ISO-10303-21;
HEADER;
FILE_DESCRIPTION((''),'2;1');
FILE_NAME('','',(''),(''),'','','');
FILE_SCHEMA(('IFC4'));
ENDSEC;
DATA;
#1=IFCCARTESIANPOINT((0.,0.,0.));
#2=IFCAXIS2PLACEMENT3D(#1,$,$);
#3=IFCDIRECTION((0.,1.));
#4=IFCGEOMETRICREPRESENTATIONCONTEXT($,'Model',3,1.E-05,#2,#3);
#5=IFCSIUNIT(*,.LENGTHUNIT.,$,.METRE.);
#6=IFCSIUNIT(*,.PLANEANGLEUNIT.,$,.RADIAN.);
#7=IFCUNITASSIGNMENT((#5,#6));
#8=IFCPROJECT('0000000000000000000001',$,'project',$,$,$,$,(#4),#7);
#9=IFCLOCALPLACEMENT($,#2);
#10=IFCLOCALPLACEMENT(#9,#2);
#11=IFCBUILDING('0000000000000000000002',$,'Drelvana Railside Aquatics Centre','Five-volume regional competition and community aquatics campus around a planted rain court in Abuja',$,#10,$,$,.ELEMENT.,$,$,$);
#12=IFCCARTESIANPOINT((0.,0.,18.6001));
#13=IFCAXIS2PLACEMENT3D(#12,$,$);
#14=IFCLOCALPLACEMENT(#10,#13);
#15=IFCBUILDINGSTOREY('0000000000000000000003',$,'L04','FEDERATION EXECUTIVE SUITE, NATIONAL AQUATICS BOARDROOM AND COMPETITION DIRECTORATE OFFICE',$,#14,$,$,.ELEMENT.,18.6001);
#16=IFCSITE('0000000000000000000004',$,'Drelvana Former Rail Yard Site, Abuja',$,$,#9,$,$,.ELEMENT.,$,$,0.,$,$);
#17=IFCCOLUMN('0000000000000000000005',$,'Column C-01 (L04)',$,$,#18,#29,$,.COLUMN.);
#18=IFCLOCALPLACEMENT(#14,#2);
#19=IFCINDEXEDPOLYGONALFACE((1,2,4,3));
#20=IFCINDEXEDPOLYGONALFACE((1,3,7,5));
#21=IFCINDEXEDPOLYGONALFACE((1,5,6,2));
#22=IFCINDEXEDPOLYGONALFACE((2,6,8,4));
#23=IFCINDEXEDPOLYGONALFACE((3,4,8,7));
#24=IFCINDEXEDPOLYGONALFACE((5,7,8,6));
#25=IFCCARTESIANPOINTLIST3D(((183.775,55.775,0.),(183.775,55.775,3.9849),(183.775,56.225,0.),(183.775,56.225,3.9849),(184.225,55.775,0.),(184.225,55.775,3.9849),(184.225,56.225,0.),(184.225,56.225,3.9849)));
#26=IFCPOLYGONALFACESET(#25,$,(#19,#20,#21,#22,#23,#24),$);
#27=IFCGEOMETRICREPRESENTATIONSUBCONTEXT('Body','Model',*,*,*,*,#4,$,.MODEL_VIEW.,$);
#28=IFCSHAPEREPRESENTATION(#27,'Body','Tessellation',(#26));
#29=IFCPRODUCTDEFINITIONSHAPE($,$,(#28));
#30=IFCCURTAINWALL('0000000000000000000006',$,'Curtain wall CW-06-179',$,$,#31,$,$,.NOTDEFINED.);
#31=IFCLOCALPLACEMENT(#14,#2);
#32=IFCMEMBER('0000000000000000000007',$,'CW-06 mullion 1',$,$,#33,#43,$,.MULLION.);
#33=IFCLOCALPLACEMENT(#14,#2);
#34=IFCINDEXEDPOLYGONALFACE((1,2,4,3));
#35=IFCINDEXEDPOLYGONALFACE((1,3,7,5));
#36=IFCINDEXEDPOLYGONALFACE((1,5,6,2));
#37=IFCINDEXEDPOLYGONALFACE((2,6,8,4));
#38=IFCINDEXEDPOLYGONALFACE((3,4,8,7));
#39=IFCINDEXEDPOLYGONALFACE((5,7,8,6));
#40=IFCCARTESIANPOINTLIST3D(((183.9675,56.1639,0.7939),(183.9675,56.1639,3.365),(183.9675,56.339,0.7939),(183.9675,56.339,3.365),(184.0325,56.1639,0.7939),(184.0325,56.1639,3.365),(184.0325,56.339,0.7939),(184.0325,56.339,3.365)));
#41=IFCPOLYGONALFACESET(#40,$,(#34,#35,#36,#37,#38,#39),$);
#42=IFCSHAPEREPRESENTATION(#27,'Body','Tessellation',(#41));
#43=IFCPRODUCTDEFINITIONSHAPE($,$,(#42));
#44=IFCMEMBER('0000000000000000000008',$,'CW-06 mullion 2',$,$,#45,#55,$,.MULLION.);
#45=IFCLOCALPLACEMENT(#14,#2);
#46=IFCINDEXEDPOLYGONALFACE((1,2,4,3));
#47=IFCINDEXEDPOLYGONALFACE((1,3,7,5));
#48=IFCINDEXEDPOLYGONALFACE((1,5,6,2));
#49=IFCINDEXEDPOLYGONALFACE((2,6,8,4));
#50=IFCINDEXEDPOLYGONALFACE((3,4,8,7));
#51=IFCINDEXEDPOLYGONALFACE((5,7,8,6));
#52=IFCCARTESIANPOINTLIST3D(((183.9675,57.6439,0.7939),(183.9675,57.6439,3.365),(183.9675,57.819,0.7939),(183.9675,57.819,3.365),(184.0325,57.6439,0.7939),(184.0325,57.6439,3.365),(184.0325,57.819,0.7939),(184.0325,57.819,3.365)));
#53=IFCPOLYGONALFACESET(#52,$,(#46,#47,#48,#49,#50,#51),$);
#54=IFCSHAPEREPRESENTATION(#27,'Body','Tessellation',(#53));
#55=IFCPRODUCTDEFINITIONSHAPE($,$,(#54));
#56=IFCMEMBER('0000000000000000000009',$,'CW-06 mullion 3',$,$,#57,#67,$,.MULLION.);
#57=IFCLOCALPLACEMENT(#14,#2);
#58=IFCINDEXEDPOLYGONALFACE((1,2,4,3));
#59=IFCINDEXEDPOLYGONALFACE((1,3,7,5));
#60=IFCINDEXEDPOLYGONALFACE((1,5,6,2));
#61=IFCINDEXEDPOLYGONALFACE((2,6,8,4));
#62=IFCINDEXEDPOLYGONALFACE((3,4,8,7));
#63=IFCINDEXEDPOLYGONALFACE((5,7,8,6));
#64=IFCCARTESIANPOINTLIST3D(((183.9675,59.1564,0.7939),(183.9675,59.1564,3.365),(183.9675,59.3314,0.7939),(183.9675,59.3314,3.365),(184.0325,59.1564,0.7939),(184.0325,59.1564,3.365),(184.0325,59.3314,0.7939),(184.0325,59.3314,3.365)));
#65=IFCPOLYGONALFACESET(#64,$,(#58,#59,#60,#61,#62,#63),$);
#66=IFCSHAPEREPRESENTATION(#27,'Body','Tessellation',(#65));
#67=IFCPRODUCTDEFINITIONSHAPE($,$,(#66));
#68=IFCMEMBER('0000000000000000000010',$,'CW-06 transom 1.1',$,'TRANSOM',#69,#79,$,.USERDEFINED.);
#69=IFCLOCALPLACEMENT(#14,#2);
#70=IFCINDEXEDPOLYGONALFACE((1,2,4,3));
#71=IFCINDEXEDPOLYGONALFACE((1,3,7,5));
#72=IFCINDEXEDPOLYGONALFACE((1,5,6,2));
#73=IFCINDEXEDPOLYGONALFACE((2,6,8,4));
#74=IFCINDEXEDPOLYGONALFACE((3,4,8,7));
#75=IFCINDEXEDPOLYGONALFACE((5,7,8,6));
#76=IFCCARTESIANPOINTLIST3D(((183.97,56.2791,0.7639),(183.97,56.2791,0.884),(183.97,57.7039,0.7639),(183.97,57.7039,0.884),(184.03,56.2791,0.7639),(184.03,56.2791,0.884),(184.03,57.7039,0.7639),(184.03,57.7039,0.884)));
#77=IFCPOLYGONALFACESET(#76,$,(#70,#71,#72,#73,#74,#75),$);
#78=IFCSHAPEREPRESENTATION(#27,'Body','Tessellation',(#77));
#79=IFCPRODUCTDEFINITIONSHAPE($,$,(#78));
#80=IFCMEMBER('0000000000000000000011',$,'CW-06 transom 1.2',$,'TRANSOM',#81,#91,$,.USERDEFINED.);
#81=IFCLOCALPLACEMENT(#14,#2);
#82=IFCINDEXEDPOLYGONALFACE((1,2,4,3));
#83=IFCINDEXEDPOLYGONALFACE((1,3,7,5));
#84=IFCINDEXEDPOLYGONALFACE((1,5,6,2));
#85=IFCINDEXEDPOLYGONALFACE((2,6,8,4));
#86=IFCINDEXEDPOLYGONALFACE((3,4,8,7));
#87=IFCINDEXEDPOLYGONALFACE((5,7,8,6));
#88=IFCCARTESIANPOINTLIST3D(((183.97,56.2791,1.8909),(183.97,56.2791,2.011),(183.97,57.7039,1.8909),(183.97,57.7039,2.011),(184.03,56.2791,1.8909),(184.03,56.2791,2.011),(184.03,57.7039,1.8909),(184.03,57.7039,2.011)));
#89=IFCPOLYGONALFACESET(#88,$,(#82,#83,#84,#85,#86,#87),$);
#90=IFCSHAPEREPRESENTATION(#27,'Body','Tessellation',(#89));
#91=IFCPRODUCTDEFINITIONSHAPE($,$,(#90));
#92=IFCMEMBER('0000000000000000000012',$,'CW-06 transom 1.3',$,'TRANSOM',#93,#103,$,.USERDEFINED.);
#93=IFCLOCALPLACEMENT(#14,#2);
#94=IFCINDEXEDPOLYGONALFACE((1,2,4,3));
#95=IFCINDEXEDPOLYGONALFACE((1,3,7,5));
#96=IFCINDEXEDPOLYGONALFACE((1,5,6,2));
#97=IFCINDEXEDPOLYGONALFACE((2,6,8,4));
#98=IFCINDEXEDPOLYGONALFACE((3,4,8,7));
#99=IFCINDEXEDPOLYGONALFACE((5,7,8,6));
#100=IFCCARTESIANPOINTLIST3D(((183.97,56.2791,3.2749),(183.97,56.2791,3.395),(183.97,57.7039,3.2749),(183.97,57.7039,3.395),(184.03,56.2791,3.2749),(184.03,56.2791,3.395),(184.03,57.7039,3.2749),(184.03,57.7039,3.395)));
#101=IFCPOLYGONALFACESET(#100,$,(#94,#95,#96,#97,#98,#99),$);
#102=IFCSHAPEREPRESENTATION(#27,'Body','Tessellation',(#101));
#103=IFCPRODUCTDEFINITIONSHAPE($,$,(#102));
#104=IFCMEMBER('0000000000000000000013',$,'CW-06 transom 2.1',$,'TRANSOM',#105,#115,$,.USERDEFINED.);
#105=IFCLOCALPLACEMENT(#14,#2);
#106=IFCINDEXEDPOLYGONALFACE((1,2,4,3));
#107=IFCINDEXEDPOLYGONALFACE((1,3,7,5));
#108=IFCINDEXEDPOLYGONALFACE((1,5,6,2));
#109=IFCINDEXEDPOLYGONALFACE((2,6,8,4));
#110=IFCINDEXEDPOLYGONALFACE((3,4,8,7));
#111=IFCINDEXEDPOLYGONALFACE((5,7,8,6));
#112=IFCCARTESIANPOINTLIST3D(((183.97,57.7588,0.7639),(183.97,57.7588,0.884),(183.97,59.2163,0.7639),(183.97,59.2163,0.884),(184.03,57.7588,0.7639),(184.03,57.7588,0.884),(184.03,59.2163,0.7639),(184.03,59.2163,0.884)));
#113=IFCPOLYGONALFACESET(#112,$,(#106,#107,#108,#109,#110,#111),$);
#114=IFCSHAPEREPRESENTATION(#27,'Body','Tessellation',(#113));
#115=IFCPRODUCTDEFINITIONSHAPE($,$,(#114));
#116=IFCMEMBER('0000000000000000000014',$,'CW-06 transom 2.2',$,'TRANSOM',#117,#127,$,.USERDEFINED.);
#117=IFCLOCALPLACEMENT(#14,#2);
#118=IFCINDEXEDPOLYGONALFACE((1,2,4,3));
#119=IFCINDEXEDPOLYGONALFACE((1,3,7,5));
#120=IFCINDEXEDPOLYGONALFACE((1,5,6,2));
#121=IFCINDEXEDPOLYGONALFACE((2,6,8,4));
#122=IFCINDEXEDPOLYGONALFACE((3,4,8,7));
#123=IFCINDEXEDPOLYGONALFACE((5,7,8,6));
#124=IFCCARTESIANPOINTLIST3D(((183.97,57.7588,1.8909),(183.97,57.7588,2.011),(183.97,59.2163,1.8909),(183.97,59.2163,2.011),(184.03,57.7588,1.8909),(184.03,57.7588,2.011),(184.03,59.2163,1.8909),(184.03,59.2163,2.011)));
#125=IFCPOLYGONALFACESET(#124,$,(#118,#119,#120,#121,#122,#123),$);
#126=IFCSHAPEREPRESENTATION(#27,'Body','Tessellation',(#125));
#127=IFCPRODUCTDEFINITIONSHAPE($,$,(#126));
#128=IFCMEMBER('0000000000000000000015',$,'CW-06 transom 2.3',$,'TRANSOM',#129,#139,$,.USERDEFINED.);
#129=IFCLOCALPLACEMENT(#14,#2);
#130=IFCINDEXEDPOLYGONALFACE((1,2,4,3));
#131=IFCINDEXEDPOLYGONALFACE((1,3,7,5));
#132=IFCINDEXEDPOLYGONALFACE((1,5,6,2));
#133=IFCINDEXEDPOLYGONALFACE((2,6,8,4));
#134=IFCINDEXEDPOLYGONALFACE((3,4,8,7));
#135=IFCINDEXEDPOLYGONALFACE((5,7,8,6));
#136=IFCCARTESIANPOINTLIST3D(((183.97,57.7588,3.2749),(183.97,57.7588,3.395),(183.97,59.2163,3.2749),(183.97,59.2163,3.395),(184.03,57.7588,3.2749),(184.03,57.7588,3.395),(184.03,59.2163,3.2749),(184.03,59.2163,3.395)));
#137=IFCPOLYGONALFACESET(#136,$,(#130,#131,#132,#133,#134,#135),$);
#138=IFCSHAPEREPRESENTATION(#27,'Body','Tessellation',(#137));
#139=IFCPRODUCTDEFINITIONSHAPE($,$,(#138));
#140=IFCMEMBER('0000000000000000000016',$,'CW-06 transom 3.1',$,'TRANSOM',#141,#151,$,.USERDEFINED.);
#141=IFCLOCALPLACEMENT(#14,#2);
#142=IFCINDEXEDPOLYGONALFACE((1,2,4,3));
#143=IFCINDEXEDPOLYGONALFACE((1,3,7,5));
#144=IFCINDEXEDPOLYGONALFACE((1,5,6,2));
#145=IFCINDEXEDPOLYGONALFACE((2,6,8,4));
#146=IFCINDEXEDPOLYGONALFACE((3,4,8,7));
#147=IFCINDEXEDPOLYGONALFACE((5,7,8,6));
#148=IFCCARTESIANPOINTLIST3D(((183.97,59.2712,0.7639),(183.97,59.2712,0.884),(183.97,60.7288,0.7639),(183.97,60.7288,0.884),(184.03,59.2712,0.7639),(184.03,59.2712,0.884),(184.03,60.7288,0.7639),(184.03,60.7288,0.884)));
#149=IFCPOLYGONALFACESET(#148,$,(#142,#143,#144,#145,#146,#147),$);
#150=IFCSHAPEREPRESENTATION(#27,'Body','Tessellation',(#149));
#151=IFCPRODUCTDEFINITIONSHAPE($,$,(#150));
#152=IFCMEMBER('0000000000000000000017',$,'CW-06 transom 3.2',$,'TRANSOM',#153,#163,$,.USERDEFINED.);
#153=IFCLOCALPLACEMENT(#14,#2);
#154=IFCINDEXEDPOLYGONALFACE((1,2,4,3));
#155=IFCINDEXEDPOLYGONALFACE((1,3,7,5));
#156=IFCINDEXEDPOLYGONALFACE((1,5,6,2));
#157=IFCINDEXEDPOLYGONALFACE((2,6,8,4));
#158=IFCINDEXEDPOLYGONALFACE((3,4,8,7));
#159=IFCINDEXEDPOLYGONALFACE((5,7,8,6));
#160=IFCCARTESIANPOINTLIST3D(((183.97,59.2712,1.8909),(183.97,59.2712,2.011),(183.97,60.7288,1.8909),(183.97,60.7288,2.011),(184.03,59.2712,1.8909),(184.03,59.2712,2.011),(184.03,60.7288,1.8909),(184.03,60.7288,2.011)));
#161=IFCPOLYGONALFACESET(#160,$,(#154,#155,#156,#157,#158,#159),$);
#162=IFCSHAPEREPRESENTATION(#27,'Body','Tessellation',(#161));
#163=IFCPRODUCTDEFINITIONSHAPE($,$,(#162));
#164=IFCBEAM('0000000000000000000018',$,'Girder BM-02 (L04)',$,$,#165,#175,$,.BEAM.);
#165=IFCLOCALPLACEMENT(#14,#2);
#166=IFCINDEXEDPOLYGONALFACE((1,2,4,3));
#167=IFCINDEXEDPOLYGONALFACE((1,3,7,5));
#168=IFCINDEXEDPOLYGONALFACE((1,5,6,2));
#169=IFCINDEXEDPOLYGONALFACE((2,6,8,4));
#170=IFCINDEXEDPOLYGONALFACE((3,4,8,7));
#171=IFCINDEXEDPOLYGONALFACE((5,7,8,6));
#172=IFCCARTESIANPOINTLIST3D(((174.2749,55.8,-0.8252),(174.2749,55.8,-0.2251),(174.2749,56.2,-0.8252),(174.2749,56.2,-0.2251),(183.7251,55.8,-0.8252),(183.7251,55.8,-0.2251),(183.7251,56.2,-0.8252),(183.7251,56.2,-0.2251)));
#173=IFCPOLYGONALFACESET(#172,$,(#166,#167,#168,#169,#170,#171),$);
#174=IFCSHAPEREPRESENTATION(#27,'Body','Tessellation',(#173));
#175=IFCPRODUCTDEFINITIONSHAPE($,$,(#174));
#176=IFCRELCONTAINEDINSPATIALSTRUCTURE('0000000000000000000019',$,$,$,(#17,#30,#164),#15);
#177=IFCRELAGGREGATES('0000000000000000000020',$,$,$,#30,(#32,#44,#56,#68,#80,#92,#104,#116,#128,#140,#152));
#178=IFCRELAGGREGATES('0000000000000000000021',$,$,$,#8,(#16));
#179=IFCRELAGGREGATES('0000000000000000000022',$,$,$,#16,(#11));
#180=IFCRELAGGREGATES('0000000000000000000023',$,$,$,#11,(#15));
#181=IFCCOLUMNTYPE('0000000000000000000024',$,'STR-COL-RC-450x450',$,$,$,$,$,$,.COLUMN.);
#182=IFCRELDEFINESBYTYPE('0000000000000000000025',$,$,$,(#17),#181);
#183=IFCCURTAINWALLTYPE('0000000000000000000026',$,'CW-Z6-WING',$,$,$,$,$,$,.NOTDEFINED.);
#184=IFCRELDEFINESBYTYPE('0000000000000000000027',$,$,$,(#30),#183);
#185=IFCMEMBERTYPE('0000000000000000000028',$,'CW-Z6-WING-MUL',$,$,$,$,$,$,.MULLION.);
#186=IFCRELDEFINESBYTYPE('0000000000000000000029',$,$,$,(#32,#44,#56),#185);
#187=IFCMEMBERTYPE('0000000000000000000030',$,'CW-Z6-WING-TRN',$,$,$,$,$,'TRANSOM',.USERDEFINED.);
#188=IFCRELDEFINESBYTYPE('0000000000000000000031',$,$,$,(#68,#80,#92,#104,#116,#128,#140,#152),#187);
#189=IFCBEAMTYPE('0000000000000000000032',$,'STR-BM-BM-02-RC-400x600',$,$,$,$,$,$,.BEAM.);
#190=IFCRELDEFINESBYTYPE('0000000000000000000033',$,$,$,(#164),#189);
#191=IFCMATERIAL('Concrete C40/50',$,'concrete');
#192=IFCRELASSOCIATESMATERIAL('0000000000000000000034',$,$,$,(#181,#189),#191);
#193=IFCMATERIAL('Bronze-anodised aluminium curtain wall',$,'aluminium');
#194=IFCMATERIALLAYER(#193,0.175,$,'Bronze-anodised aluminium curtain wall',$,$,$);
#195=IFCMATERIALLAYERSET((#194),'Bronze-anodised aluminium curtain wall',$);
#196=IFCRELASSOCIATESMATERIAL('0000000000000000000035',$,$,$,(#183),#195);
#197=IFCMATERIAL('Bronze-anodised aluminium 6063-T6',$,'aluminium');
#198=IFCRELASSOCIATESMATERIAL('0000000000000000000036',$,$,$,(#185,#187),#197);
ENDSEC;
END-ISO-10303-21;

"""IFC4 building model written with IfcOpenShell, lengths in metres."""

from ifc_helpers import new_model, si_unit, direction, frame, origin, origin_2d, place, context, subcontext, project, spatial, rectangle, extrude, material, layer, layer_set, material_profile, profile_set, type_object, element, aggregate, save


model = new_model("IFC4")

# Units and contexts
model_context = context("Model", 3, precision=1e-05, world=origin(), true_north=direction((0.0, 1.0)))
body_context = subcontext(model_context, "Body", "Model", "MODEL_VIEW")
ifc_project = project(units=[si_unit("LENGTHUNIT", "METRE"), si_unit("PLANEANGLEUNIT", "RADIAN")], contexts=[model_context])

# Site, building, storey
site_placement = place(None, origin())
site = spatial("IfcSite", under=ifc_project, at=site_placement, Name="Drelvana Former Rail Yard Site, Abuja", CompositionType="ELEMENT", RefElevation=0.0)
building_placement = place(site_placement, origin())
building = spatial("IfcBuilding", under=site, at=building_placement, Name="Drelvana Railside Aquatics Centre", Description="Five-volume regional competition and community aquatics campus around a planted rain court in Abuja", CompositionType="ELEMENT")
storey_placement = place(building_placement, frame((0.0, 0.0, 18.6001)))
storey = spatial("IfcBuildingStorey", under=building, at=storey_placement, Name="L04", Description="FEDERATION EXECUTIVE SUITE, NATIONAL AQUATICS BOARDROOM AND COMPETITION DIRECTORATE OFFICE", CompositionType="ELEMENT", Elevation=18.6001)

# Column
ifc_material_1 = material(Name="Concrete C40/50", Category="concrete")
ifc_material_profile_1 = material_profile(ifc_material_1, rectangle(XDim=0.45, YDim=0.45, at=origin_2d()), Name="RC 450x450")
ifc_profile_set_1 = profile_set([ifc_material_profile_1], Name="Concrete C40/50")
column_type = type_object("IfcColumnType", Name="STR-COL-RC-450x450", PredefinedType="COLUMN", material=ifc_profile_set_1)
column_placement = place(storey_placement, frame((184.0, 56.0, 0.0), z_axis=(0.0, 0.0, 1.0), x_axis=(1.0, 0.0, 0.0)))
element("IfcColumn", 1, at=column_placement, inside=storey, type_object=column_type, Name="Column C-01 (L04)", PredefinedType="COLUMN", context=body_context, shape_type="SweptSolid", body=[
    extrude(rectangle(XDim=0.45, YDim=0.45, at=origin_2d()), origin(), (0.0, 0.0, 1.0), 3.9849),
])

# Curtain wall, members
ifc_material_2 = material(Name="Bronze-anodised aluminium curtain wall", Category="aluminium")
ifc_layer_1 = layer(ifc_material_2, 0.175, Name="Bronze-anodised aluminium curtain wall")
ifc_layer_set_1 = layer_set([ifc_layer_1], Name="Bronze-anodised aluminium curtain wall")
curtain_wall_type = type_object("IfcCurtainWallType", Name="CW-Z6-WING", PredefinedType="NOTDEFINED", material=ifc_layer_set_1)
curtain_wall_placement = place(storey_placement, origin())
curtain_wall = element("IfcCurtainWall", 2, at=curtain_wall_placement, inside=storey, type_object=curtain_wall_type, Name="Curtain wall CW-06-179", PredefinedType="NOTDEFINED")
ifc_material_3 = material(Name="Bronze-anodised aluminium 6063-T6", Category="aluminium")
ifc_material_profile_2 = material_profile(ifc_material_3, rectangle(XDim=0.0649, YDim=0.175, at=origin_2d()), Name="ALU-M 65x175")
ifc_profile_set_2 = profile_set([ifc_material_profile_2], Name="Bronze-anodised aluminium 6063-T6")
member_type_1 = type_object("IfcMemberType", Name="CW-Z6-WING-MUL", PredefinedType="MULLION", material=ifc_profile_set_2)
member_1_placement = place(storey_placement, frame((184.0, 56.2515, 0.7939), z_axis=(0.0, 0.0, 1.0), x_axis=(-1.0, 0.0, 0.0)))
member_1 = element("IfcMember", 3, at=member_1_placement, type_object=member_type_1, Name="CW-06 mullion 1", PredefinedType="MULLION", context=body_context, shape_type="SweptSolid", body=[
    extrude(rectangle(XDim=0.0649, YDim=0.175, at=origin_2d()), origin(), (0.0, 0.0, 1.0), 2.571),
])
member_2_placement = place(storey_placement, frame((184.0, 57.7314, 0.7939), z_axis=(0.0, 0.0, 1.0), x_axis=(-1.0, 0.0, 0.0)))
member_2 = element("IfcMember", 4, at=member_2_placement, type_object=member_type_1, Name="CW-06 mullion 2", PredefinedType="MULLION", context=body_context, shape_type="SweptSolid", body=[
    extrude(rectangle(XDim=0.0649, YDim=0.175, at=origin_2d()), origin(), (0.0, 0.0, 1.0), 2.571),
])
member_3_placement = place(storey_placement, frame((184.0, 59.2439, 0.7939), z_axis=(0.0, 0.0, 1.0), x_axis=(-1.0, 0.0, 0.0)))
member_3 = element("IfcMember", 5, at=member_3_placement, type_object=member_type_1, Name="CW-06 mullion 3", PredefinedType="MULLION", context=body_context, shape_type="SweptSolid", body=[
    extrude(rectangle(XDim=0.0649, YDim=0.175, at=origin_2d()), origin(), (0.0, 0.0, 1.0), 2.571),
])
ifc_material_profile_3 = material_profile(ifc_material_3, rectangle(XDim=0.1201, YDim=0.0601, at=origin_2d()), Name="ALU-T 60x120")
ifc_profile_set_3 = profile_set([ifc_material_profile_3], Name="Bronze-anodised aluminium 6063-T6")
member_type_2 = type_object("IfcMemberType", Name="CW-Z6-WING-TRN", ElementType="TRANSOM", PredefinedType="USERDEFINED", material=ifc_profile_set_3)
member_4_placement = place(storey_placement, frame((184.0, 56.2791, 0.824), z_axis=(0.0, 1.0, 0.0), x_axis=(0.0, 0.0, 1.0)))
member_4 = element("IfcMember", 6, at=member_4_placement, type_object=member_type_2, Name="CW-06 transom 1.1", ObjectType="TRANSOM", PredefinedType="USERDEFINED", context=body_context, shape_type="SweptSolid", body=[
    extrude(rectangle(XDim=0.1201, YDim=0.0601, at=origin_2d()), origin(), (0.0, 0.0, 1.0), 1.4248),
])
member_5_placement = place(storey_placement, frame((184.0, 56.2791, 1.9509), z_axis=(0.0, 1.0, 0.0), x_axis=(0.0, 0.0, 1.0)))
member_5 = element("IfcMember", 7, at=member_5_placement, type_object=member_type_2, Name="CW-06 transom 1.2", ObjectType="TRANSOM", PredefinedType="USERDEFINED", context=body_context, shape_type="SweptSolid", body=[
    extrude(rectangle(XDim=0.1201, YDim=0.0601, at=origin_2d()), origin(), (0.0, 0.0, 1.0), 1.4248),
])
member_6_placement = place(storey_placement, frame((184.0, 56.2791, 3.335), z_axis=(0.0, 1.0, 0.0), x_axis=(0.0, 0.0, 1.0)))
member_6 = element("IfcMember", 8, at=member_6_placement, type_object=member_type_2, Name="CW-06 transom 1.3", ObjectType="TRANSOM", PredefinedType="USERDEFINED", context=body_context, shape_type="SweptSolid", body=[
    extrude(rectangle(XDim=0.1201, YDim=0.0601, at=origin_2d()), origin(), (0.0, 0.0, 1.0), 1.4248),
])
member_7_placement = place(storey_placement, frame((184.0, 57.7588, 0.824), z_axis=(0.0, 1.0, 0.0), x_axis=(0.0, 0.0, 1.0)))
member_7 = element("IfcMember", 9, at=member_7_placement, type_object=member_type_2, Name="CW-06 transom 2.1", ObjectType="TRANSOM", PredefinedType="USERDEFINED", context=body_context, shape_type="SweptSolid", body=[
    extrude(rectangle(XDim=0.1201, YDim=0.0601, at=origin_2d()), origin(), (0.0, 0.0, 1.0), 1.4575),
])
member_8_placement = place(storey_placement, frame((184.0, 57.7588, 1.9509), z_axis=(0.0, 1.0, 0.0), x_axis=(0.0, 0.0, 1.0)))
member_8 = element("IfcMember", 10, at=member_8_placement, type_object=member_type_2, Name="CW-06 transom 2.2", ObjectType="TRANSOM", PredefinedType="USERDEFINED", context=body_context, shape_type="SweptSolid", body=[
    extrude(rectangle(XDim=0.1201, YDim=0.0601, at=origin_2d()), origin(), (0.0, 0.0, 1.0), 1.4575),
])
member_9_placement = place(storey_placement, frame((184.0, 57.7588, 3.335), z_axis=(0.0, 1.0, 0.0), x_axis=(0.0, 0.0, 1.0)))
member_9 = element("IfcMember", 11, at=member_9_placement, type_object=member_type_2, Name="CW-06 transom 2.3", ObjectType="TRANSOM", PredefinedType="USERDEFINED", context=body_context, shape_type="SweptSolid", body=[
    extrude(rectangle(XDim=0.1201, YDim=0.0601, at=origin_2d()), origin(), (0.0, 0.0, 1.0), 1.4575),
])
member_10_placement = place(storey_placement, frame((184.0, 59.2712, 0.824), z_axis=(0.0, 1.0, 0.0), x_axis=(0.0, 0.0, 1.0)))
member_10 = element("IfcMember", 12, at=member_10_placement, type_object=member_type_2, Name="CW-06 transom 3.1", ObjectType="TRANSOM", PredefinedType="USERDEFINED", context=body_context, shape_type="SweptSolid", body=[
    extrude(rectangle(XDim=0.1201, YDim=0.0601, at=origin_2d()), origin(), (0.0, 0.0, 1.0), 1.4575),
])
member_11_placement = place(storey_placement, frame((184.0, 59.2712, 1.9509), z_axis=(0.0, 1.0, 0.0), x_axis=(0.0, 0.0, 1.0)))
member_11 = element("IfcMember", 13, at=member_11_placement, type_object=member_type_2, Name="CW-06 transom 3.2", ObjectType="TRANSOM", PredefinedType="USERDEFINED", context=body_context, shape_type="SweptSolid", body=[
    extrude(rectangle(XDim=0.1201, YDim=0.0601, at=origin_2d()), origin(), (0.0, 0.0, 1.0), 1.4575),
])

# Beam
ifc_material_profile_4 = material_profile(ifc_material_1, rectangle(XDim=0.3999, YDim=0.6001, at=origin_2d()), Name="RC 400x600")
ifc_profile_set_4 = profile_set([ifc_material_profile_4], Name="Concrete C40/50")
beam_type_1 = type_object("IfcBeamType", Name="STR-BM-BM-02-RC-400x600", PredefinedType="BEAM", material=ifc_profile_set_4)
beam_1_placement = place(storey_placement, frame((174.2749, 56.0, -0.5251), z_axis=(1.0, 0.0, 0.0), x_axis=(0.0, 1.0, 0.0)))
element("IfcBeam", 14, at=beam_1_placement, inside=storey, type_object=beam_type_1, Name="Girder BM-02 (L04)", PredefinedType="BEAM", context=body_context, shape_type="SweptSolid", body=[
    extrude(rectangle(XDim=0.3999, YDim=0.6001, at=origin_2d()), origin(), (0.0, 0.0, 1.0), 9.4502),
])

aggregate(curtain_wall, [member_1, member_2, member_3, member_4, member_5, member_6, member_7, member_8, member_9, member_10, member_11])

save(model, "model.ifc")
